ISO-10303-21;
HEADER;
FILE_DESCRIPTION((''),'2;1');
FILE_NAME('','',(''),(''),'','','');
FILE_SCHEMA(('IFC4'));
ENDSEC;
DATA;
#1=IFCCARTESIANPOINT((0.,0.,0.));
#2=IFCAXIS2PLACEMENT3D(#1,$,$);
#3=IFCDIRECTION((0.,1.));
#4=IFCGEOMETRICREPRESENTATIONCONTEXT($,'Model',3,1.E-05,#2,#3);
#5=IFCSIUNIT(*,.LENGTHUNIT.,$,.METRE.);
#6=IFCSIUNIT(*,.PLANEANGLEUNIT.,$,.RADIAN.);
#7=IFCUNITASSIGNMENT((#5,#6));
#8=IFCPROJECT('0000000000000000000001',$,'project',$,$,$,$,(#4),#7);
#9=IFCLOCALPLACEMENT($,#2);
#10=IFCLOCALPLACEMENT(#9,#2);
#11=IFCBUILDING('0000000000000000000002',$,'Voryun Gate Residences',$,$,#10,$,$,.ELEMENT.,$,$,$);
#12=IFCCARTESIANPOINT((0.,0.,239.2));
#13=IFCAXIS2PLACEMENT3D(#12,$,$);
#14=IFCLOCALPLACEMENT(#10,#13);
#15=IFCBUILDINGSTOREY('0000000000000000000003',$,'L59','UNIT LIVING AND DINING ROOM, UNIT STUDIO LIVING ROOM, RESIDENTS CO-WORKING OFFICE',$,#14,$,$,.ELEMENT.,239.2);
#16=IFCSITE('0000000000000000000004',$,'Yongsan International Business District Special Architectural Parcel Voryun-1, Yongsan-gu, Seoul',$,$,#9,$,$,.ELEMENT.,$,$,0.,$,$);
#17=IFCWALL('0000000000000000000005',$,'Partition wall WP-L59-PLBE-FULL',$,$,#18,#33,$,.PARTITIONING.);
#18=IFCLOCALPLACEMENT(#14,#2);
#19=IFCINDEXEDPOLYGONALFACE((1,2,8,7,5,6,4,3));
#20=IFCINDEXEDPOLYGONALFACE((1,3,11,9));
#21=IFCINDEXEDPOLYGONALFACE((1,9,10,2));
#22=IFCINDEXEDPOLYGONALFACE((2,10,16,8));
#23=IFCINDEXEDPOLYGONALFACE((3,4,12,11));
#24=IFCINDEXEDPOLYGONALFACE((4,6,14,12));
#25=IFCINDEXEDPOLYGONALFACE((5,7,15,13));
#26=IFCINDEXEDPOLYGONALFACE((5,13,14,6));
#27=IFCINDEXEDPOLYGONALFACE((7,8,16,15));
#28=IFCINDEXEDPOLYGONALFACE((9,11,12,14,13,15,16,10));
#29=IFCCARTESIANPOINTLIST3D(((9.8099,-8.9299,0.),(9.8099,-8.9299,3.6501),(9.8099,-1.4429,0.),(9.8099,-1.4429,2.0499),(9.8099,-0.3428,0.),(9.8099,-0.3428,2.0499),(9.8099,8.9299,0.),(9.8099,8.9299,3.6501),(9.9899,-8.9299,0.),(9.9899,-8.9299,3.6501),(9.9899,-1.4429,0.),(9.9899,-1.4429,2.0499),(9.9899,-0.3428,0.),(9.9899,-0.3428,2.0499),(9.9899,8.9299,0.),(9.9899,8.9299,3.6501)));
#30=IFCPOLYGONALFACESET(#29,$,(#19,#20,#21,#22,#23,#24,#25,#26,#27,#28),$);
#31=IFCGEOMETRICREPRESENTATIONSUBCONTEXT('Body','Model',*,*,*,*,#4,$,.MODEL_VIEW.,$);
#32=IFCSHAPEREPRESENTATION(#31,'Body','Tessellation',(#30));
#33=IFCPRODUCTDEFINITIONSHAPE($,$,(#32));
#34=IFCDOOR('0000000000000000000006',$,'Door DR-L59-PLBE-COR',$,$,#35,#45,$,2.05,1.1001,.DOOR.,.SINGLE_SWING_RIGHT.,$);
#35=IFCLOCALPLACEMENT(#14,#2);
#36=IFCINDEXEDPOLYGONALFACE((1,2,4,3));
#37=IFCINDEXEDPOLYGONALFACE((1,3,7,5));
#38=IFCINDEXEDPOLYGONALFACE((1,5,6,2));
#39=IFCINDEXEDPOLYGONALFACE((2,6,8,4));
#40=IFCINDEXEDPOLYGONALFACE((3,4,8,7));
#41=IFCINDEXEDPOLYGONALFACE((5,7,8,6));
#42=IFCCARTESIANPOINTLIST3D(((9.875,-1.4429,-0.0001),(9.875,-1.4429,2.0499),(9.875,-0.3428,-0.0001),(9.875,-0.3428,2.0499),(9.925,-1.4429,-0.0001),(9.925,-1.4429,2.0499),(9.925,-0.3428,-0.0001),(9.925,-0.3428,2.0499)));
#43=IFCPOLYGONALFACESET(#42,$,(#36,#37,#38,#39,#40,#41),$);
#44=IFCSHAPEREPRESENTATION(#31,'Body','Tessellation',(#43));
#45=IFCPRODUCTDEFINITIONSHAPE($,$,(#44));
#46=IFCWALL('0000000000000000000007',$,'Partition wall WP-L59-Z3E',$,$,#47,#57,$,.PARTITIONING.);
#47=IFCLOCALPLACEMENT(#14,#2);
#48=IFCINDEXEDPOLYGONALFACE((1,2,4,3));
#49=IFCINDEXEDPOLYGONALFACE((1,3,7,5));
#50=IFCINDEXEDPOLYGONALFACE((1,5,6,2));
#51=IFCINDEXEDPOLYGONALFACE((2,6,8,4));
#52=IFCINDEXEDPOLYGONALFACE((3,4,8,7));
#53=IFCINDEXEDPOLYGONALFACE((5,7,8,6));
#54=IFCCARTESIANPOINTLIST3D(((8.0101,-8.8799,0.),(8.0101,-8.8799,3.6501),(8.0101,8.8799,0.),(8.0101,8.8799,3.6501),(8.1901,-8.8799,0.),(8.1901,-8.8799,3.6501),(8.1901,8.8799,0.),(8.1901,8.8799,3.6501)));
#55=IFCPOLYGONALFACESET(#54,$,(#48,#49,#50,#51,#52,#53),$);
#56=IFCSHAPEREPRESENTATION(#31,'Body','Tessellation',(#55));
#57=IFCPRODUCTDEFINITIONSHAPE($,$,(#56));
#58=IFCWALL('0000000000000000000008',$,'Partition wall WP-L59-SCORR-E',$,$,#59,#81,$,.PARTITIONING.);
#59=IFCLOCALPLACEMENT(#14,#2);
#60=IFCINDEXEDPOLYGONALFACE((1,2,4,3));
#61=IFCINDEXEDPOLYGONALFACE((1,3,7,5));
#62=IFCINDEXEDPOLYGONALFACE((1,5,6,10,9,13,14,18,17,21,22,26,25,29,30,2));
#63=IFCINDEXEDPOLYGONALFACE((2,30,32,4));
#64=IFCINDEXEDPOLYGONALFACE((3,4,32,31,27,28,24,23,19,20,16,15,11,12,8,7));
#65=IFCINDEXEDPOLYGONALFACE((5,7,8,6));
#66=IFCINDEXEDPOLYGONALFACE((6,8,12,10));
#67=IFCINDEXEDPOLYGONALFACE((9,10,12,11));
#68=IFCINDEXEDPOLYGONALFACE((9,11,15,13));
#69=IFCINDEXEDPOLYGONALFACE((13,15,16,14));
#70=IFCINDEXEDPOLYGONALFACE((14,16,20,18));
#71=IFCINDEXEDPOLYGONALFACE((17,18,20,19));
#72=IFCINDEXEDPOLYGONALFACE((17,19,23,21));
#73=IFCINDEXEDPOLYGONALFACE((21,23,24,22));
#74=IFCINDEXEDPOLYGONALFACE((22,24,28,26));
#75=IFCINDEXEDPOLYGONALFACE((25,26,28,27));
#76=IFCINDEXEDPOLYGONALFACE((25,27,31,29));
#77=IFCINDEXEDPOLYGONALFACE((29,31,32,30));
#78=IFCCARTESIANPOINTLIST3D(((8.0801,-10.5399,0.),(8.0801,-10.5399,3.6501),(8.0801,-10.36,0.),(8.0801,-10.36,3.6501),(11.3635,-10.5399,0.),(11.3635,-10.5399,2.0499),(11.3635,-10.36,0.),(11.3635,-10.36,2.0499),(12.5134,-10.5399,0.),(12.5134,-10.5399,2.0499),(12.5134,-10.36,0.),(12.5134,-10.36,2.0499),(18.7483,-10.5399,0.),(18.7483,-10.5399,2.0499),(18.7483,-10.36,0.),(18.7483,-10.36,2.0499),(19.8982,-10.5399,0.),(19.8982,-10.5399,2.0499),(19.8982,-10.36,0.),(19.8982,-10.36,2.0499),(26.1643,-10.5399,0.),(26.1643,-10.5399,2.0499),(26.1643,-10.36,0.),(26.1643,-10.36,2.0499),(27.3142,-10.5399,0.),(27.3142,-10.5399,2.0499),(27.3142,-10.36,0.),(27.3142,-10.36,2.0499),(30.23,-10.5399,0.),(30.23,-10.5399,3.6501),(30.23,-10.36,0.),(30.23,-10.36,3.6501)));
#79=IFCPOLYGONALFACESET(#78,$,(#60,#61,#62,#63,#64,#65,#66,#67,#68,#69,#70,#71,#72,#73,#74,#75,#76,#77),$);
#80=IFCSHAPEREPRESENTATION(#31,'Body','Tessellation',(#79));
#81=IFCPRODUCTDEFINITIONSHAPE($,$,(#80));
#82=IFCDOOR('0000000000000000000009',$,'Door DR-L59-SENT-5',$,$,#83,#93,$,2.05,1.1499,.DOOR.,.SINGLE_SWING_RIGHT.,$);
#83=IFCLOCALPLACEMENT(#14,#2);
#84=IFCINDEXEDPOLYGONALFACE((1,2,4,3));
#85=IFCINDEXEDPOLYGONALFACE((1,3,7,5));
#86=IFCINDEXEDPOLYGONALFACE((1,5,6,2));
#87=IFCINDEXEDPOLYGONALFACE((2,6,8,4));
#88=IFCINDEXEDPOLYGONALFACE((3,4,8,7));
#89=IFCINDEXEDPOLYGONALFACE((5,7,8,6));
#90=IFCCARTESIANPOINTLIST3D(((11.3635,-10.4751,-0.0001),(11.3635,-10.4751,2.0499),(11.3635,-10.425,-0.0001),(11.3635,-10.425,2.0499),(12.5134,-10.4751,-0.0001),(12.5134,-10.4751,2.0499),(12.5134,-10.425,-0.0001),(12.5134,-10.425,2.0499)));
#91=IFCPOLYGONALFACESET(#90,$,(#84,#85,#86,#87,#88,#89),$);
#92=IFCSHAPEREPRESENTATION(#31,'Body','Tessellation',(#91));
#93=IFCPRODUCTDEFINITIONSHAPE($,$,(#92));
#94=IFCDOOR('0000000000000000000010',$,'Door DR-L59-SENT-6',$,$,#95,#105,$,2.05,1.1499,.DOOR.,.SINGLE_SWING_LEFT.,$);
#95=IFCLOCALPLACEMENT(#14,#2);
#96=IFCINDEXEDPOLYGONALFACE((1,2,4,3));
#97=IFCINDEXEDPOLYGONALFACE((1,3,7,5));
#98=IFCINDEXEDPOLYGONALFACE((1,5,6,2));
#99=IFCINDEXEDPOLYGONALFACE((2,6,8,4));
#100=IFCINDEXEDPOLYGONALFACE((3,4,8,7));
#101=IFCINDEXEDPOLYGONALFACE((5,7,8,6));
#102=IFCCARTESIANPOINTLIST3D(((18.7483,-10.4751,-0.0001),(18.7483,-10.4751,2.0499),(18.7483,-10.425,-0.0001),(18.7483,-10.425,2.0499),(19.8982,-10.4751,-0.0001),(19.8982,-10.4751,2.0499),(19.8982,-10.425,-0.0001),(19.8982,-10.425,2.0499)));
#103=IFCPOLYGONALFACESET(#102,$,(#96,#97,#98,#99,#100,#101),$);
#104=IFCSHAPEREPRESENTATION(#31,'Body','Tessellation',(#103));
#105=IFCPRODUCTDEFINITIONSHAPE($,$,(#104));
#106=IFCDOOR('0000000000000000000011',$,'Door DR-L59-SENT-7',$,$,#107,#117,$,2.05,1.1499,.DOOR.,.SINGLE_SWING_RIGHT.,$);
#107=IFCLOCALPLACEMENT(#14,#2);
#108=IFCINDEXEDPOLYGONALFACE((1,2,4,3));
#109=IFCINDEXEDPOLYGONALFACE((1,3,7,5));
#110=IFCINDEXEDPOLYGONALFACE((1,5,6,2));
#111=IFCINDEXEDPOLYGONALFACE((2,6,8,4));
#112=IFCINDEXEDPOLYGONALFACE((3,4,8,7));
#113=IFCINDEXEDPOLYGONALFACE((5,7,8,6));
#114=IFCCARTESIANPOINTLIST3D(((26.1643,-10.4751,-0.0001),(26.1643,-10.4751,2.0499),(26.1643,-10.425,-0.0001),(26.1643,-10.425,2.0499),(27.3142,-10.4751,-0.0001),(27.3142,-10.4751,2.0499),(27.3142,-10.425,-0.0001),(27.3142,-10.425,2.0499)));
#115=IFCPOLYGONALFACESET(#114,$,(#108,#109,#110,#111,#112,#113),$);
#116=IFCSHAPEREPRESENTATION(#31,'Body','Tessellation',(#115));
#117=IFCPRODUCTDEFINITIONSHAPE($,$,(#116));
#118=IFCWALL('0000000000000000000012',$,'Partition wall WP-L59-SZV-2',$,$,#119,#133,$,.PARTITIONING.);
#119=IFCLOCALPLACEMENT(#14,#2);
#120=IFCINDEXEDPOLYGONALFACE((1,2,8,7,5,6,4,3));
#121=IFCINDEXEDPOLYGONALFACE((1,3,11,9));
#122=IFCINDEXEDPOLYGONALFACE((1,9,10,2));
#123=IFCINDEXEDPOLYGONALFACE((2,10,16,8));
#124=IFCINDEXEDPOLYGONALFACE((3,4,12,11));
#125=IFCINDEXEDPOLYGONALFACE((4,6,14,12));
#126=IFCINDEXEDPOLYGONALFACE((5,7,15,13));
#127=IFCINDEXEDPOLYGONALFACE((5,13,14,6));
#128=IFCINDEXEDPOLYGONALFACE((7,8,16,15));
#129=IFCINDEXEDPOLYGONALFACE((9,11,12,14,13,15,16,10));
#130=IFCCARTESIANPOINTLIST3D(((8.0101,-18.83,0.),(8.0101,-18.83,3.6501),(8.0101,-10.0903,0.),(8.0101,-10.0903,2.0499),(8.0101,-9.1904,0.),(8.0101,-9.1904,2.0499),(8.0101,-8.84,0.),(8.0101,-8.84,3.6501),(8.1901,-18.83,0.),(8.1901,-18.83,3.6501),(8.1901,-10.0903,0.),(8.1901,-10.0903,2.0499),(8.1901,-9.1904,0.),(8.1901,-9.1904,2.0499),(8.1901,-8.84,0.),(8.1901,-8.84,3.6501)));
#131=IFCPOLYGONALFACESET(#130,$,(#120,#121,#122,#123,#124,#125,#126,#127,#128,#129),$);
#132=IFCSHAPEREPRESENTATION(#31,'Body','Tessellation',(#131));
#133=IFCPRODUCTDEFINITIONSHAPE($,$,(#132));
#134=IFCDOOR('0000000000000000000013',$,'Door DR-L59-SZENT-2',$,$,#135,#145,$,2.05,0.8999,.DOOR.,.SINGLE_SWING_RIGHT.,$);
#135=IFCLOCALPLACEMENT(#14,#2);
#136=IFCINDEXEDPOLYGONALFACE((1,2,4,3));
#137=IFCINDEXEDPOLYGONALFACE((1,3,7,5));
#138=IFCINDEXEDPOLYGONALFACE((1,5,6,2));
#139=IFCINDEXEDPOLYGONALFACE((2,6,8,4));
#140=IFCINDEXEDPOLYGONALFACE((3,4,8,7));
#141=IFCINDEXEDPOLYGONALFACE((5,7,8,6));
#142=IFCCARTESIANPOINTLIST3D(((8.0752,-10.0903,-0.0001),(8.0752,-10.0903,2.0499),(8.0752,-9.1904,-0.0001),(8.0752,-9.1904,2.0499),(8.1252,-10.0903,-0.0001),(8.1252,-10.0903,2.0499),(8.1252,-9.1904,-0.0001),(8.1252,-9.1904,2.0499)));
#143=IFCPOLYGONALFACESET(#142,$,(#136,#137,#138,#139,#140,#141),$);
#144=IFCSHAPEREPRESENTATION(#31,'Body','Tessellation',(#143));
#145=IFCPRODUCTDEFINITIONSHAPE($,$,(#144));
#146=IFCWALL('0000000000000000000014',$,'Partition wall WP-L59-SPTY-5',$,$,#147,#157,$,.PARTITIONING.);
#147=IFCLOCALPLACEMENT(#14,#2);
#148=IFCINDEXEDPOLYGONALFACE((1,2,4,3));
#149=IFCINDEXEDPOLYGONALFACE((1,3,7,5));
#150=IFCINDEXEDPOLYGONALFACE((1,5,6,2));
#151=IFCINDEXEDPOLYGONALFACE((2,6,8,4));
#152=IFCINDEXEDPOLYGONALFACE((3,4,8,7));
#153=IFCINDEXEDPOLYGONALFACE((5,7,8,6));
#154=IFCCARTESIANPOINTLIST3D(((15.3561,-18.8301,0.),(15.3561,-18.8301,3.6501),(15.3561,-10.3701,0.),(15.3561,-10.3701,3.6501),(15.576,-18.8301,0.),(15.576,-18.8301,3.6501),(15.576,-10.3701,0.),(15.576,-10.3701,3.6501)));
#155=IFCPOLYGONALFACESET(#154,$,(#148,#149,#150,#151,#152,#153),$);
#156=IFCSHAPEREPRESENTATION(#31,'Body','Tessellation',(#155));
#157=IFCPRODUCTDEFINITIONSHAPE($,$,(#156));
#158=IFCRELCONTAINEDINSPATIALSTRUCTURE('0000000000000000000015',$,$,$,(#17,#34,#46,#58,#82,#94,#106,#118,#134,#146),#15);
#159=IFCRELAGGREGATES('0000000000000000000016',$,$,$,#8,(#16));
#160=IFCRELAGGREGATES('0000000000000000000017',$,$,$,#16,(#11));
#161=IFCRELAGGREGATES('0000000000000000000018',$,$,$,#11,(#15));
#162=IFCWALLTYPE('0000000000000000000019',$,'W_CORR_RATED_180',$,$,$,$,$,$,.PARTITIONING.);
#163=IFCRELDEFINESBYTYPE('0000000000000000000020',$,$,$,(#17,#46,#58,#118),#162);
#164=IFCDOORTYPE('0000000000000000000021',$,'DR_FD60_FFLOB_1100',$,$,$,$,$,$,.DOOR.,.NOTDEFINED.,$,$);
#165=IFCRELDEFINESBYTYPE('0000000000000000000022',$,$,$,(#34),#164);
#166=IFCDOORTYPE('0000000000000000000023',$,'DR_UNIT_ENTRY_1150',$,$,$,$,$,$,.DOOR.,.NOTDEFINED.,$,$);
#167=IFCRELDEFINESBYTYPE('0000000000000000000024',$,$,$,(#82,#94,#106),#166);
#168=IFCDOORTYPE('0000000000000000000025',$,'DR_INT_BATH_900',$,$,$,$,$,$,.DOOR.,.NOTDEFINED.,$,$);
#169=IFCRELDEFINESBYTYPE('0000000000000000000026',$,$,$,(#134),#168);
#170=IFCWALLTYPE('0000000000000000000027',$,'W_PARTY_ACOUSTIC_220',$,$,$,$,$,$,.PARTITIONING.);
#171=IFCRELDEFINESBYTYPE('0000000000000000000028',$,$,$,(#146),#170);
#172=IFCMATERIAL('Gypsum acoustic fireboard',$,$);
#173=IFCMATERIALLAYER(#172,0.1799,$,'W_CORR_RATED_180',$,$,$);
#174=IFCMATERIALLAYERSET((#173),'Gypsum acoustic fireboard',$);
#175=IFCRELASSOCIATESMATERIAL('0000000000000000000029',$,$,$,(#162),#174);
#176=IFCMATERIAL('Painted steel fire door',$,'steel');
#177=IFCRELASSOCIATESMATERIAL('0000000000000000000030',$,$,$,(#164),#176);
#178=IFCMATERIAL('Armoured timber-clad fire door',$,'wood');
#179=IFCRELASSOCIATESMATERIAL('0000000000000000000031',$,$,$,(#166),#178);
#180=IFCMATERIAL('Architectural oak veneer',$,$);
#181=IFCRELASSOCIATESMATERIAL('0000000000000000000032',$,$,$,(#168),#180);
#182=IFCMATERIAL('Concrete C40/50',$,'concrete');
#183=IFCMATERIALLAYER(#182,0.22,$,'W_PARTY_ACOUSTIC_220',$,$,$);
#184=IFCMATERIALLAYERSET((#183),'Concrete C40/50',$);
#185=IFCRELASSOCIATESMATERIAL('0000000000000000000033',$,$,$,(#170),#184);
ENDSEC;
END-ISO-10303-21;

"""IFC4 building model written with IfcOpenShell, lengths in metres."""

from ifc_helpers import new_model, si_unit, direction, frame, frame_2d, origin, place, context, subcontext, project, spatial, rectangle, extrude, material, layer, layer_set, type_object, element, fill, save


model = new_model("IFC4")

# Units and contexts
model_context = context("Model", 3, precision=1e-05, world=origin(), true_north=direction((0.0, 1.0)))
body_context = subcontext(model_context, "Body", "Model", "MODEL_VIEW")
ifc_project = project(units=[si_unit("LENGTHUNIT", "METRE"), si_unit("PLANEANGLEUNIT", "RADIAN")], contexts=[model_context])

# Site, building, storey
site_placement = place(None, origin())
site = spatial("IfcSite", under=ifc_project, at=site_placement, Name="Yongsan International Business District Special Architectural Parcel Voryun-1, Yongsan-gu, Seoul", CompositionType="ELEMENT", RefElevation=0.0)
building_placement = place(site_placement, origin())
building = spatial("IfcBuilding", under=site, at=building_placement, Name="Voryun Gate Residences", CompositionType="ELEMENT")
storey_placement = place(building_placement, frame((0.0, 0.0, 239.2)))
storey = spatial("IfcBuildingStorey", under=building, at=storey_placement, Name="L59", Description="UNIT LIVING AND DINING ROOM, UNIT STUDIO LIVING ROOM, RESIDENTS CO-WORKING OFFICE", CompositionType="ELEMENT", Elevation=239.2)

# Wall, opening, door
ifc_material_1 = material(Name="Gypsum acoustic fireboard")
ifc_layer_1 = layer(ifc_material_1, 0.1799, Name="W_CORR_RATED_180")
ifc_layer_set_1 = layer_set([ifc_layer_1], Name="Gypsum acoustic fireboard")
wall_type_1 = type_object("IfcWallType", Name="W_CORR_RATED_180", PredefinedType="PARTITIONING", material=ifc_layer_set_1)
wall_1_placement = place(storey_placement, frame((9.8999, -8.9299, 0.0), z_axis=(0.0, 0.0, 1.0), x_axis=(0.0, 1.0, 0.0)))
wall_1 = element("IfcWall", 1, at=wall_1_placement, inside=storey, type_object=wall_type_1, Name="Partition wall WP-L59-PLBE-FULL", PredefinedType="PARTITIONING", context=body_context, shape_type="SweptSolid", body=[
    extrude(rectangle(XDim=17.8599, YDim=0.1799, at=frame_2d((8.9299, 0.0))), origin(), (0.0, 0.0, 1.0), 3.6501),
])
opening_1_placement = place(wall_1_placement, frame((7.4871, 0.0, 0.0)))
opening_1 = element("IfcOpeningElement", 2, at=opening_1_placement, cuts=wall_1, PredefinedType="OPENING", context=body_context, shape_type="SweptSolid", body=[
    extrude(rectangle(XDim=1.1001, YDim=2.05, at=frame_2d((0.55, 1.0249))), frame((0.0, 0.0999, 0.0), z_axis=(0.0, -1.0, 0.0), x_axis=(1.0, 0.0, 0.0)), (0.0, 0.0, 1.0), 0.2),
])
ifc_material_2 = material(Name="Painted steel fire door", Category="steel")
door_type_1 = type_object("IfcDoorType", Name="DR_FD60_FFLOB_1100", OperationType="NOTDEFINED", PredefinedType="DOOR", material=ifc_material_2)
door_1_placement = place(opening_1_placement, origin())
door_1 = element("IfcDoor", 3, at=door_1_placement, inside=storey, type_object=door_type_1, Name="Door DR-L59-PLBE-COR", OperationType="SINGLE_SWING_RIGHT", OverallHeight=2.05, OverallWidth=1.1001, PredefinedType="DOOR", context=body_context, shape_type="SweptSolid", body=[
    extrude(rectangle(XDim=1.1001, YDim=2.05, at=frame_2d((0.55, 1.0249))), frame((0.0, 0.0249, 0.0), z_axis=(0.0, -1.0, 0.0), x_axis=(1.0, 0.0, 0.0)), (0.0, 0.0, 1.0), 0.05),
])
fill(opening_1, door_1)

# Wall
wall_2_placement = place(storey_placement, frame((8.1001, -8.8799, 0.0), z_axis=(0.0, 0.0, 1.0), x_axis=(0.0, 1.0, 0.0)))
element("IfcWall", 4, at=wall_2_placement, inside=storey, type_object=wall_type_1, Name="Partition wall WP-L59-Z3E", PredefinedType="PARTITIONING", context=body_context, shape_type="SweptSolid", body=[
    extrude(rectangle(XDim=17.7598, YDim=0.1799, at=frame_2d((8.8799, 0.0))), origin(), (0.0, 0.0, 1.0), 3.6501),
])

# Wall, openings, doors
wall_3_placement = place(storey_placement, frame((8.0801, -10.45, 0.0), z_axis=(0.0, 0.0, 1.0), x_axis=(1.0, 0.0, 0.0)))
wall_3 = element("IfcWall", 5, at=wall_3_placement, inside=storey, type_object=wall_type_1, Name="Partition wall WP-L59-SCORR-E", PredefinedType="PARTITIONING", context=body_context, shape_type="SweptSolid", body=[
    extrude(rectangle(XDim=22.1499, YDim=0.1799, at=frame_2d((11.075, 0.0))), origin(), (0.0, 0.0, 1.0), 3.6501),
])
opening_2_placement = place(wall_3_placement, frame((3.2834, 0.0, 0.0)))
opening_2 = element("IfcOpeningElement", 6, at=opening_2_placement, cuts=wall_3, PredefinedType="OPENING", context=body_context, shape_type="SweptSolid", body=[
    extrude(rectangle(XDim=1.1499, YDim=2.05, at=frame_2d((0.575, 1.0249))), frame((0.0, 0.0999, 0.0), z_axis=(0.0, -1.0, 0.0), x_axis=(1.0, 0.0, 0.0)), (0.0, 0.0, 1.0), 0.2),
])
opening_3_placement = place(wall_3_placement, frame((10.6682, 0.0, 0.0)))
opening_3 = element("IfcOpeningElement", 7, at=opening_3_placement, cuts=wall_3, PredefinedType="OPENING", context=body_context, shape_type="SweptSolid", body=[
    extrude(rectangle(XDim=1.1499, YDim=2.05, at=frame_2d((0.575, 1.0249))), frame((0.0, 0.0999, 0.0), z_axis=(0.0, -1.0, 0.0), x_axis=(1.0, 0.0, 0.0)), (0.0, 0.0, 1.0), 0.2),
])
opening_4_placement = place(wall_3_placement, frame((18.0842, 0.0, 0.0)))
opening_4 = element("IfcOpeningElement", 8, at=opening_4_placement, cuts=wall_3, PredefinedType="OPENING", context=body_context, shape_type="SweptSolid", body=[
    extrude(rectangle(XDim=1.1499, YDim=2.05, at=frame_2d((0.575, 1.0249))), frame((0.0, 0.0999, 0.0), z_axis=(0.0, -1.0, 0.0), x_axis=(1.0, 0.0, 0.0)), (0.0, 0.0, 1.0), 0.2),
])
ifc_material_3 = material(Name="Armoured timber-clad fire door", Category="wood")
door_type_2 = type_object("IfcDoorType", Name="DR_UNIT_ENTRY_1150", OperationType="NOTDEFINED", PredefinedType="DOOR", material=ifc_material_3)
door_2_placement = place(opening_2_placement, origin())
door_2 = element("IfcDoor", 9, at=door_2_placement, inside=storey, type_object=door_type_2, Name="Door DR-L59-SENT-5", OperationType="SINGLE_SWING_RIGHT", OverallHeight=2.05, OverallWidth=1.1499, PredefinedType="DOOR", context=body_context, shape_type="SweptSolid", body=[
    extrude(rectangle(XDim=1.1499, YDim=2.05, at=frame_2d((0.575, 1.0249))), frame((0.0, 0.0249, 0.0), z_axis=(0.0, -1.0, 0.0), x_axis=(1.0, 0.0, 0.0)), (0.0, 0.0, 1.0), 0.05),
])
fill(opening_2, door_2)
door_3_placement = place(opening_3_placement, origin())
door_3 = element("IfcDoor", 10, at=door_3_placement, inside=storey, type_object=door_type_2, Name="Door DR-L59-SENT-6", OperationType="SINGLE_SWING_LEFT", OverallHeight=2.05, OverallWidth=1.1499, PredefinedType="DOOR", context=body_context, shape_type="SweptSolid", body=[
    extrude(rectangle(XDim=1.1499, YDim=2.05, at=frame_2d((0.575, 1.0249))), frame((0.0, 0.0249, 0.0), z_axis=(0.0, -1.0, 0.0), x_axis=(1.0, 0.0, 0.0)), (0.0, 0.0, 1.0), 0.05),
])
fill(opening_3, door_3)
door_4_placement = place(opening_4_placement, origin())
door_4 = element("IfcDoor", 11, at=door_4_placement, inside=storey, type_object=door_type_2, Name="Door DR-L59-SENT-7", OperationType="SINGLE_SWING_RIGHT", OverallHeight=2.05, OverallWidth=1.1499, PredefinedType="DOOR", context=body_context, shape_type="SweptSolid", body=[
    extrude(rectangle(XDim=1.1499, YDim=2.05, at=frame_2d((0.575, 1.0249))), frame((0.0, 0.0249, 0.0), z_axis=(0.0, -1.0, 0.0), x_axis=(1.0, 0.0, 0.0)), (0.0, 0.0, 1.0), 0.05),
])
fill(opening_4, door_4)

# Wall, opening, door
wall_4_placement = place(storey_placement, frame((8.1001, -18.8301, 0.0), z_axis=(0.0, 0.0, 1.0), x_axis=(0.0, 1.0, 0.0)))
wall_4 = element("IfcWall", 12, at=wall_4_placement, inside=storey, type_object=wall_type_1, Name="Partition wall WP-L59-SZV-2", PredefinedType="PARTITIONING", context=body_context, shape_type="SweptSolid", body=[
    extrude(rectangle(XDim=9.99, YDim=0.1799, at=frame_2d((4.9951, 0.0))), origin(), (0.0, 0.0, 1.0), 3.6501),
])
opening_5_placement = place(wall_4_placement, frame((8.7397, 0.0, 0.0)))
opening_5 = element("IfcOpeningElement", 13, at=opening_5_placement, cuts=wall_4, PredefinedType="OPENING", context=body_context, shape_type="SweptSolid", body=[
    extrude(rectangle(XDim=0.8999, YDim=2.05, at=frame_2d((0.45, 1.0249))), frame((0.0, 0.0999, 0.0), z_axis=(0.0, -1.0, 0.0), x_axis=(1.0, 0.0, 0.0)), (0.0, 0.0, 1.0), 0.2),
])
ifc_material_4 = material(Name="Architectural oak veneer")
door_type_3 = type_object("IfcDoorType", Name="DR_INT_BATH_900", OperationType="NOTDEFINED", PredefinedType="DOOR", material=ifc_material_4)
door_5_placement = place(opening_5_placement, origin())
door_5 = element("IfcDoor", 14, at=door_5_placement, inside=storey, type_object=door_type_3, Name="Door DR-L59-SZENT-2", OperationType="SINGLE_SWING_RIGHT", OverallHeight=2.05, OverallWidth=0.8999, PredefinedType="DOOR", context=body_context, shape_type="SweptSolid", body=[
    extrude(rectangle(XDim=0.8999, YDim=2.05, at=frame_2d((0.45, 1.0249))), frame((0.0, 0.0249, 0.0), z_axis=(0.0, -1.0, 0.0), x_axis=(1.0, 0.0, 0.0)), (0.0, 0.0, 1.0), 0.05),
])
fill(opening_5, door_5)

# Wall
ifc_material_5 = material(Name="Concrete C40/50", Category="concrete")
ifc_layer_2 = layer(ifc_material_5, 0.22, Name="W_PARTY_ACOUSTIC_220")
ifc_layer_set_2 = layer_set([ifc_layer_2], Name="Concrete C40/50")
wall_type_2 = type_object("IfcWallType", Name="W_PARTY_ACOUSTIC_220", PredefinedType="PARTITIONING", material=ifc_layer_set_2)
wall_5_placement = place(storey_placement, frame((15.4661, -18.8301, 0.0), z_axis=(0.0, 0.0, 1.0), x_axis=(0.0, 1.0, 0.0)))
element("IfcWall", 15, at=wall_5_placement, inside=storey, type_object=wall_type_2, Name="Partition wall WP-L59-SPTY-5", PredefinedType="PARTITIONING", context=body_context, shape_type="SweptSolid", body=[
    extrude(rectangle(XDim=8.46, YDim=0.22, at=frame_2d((4.23, 0.0))), origin(), (0.0, 0.0, 1.0), 3.6501),
])

save(model, "model.ifc")
